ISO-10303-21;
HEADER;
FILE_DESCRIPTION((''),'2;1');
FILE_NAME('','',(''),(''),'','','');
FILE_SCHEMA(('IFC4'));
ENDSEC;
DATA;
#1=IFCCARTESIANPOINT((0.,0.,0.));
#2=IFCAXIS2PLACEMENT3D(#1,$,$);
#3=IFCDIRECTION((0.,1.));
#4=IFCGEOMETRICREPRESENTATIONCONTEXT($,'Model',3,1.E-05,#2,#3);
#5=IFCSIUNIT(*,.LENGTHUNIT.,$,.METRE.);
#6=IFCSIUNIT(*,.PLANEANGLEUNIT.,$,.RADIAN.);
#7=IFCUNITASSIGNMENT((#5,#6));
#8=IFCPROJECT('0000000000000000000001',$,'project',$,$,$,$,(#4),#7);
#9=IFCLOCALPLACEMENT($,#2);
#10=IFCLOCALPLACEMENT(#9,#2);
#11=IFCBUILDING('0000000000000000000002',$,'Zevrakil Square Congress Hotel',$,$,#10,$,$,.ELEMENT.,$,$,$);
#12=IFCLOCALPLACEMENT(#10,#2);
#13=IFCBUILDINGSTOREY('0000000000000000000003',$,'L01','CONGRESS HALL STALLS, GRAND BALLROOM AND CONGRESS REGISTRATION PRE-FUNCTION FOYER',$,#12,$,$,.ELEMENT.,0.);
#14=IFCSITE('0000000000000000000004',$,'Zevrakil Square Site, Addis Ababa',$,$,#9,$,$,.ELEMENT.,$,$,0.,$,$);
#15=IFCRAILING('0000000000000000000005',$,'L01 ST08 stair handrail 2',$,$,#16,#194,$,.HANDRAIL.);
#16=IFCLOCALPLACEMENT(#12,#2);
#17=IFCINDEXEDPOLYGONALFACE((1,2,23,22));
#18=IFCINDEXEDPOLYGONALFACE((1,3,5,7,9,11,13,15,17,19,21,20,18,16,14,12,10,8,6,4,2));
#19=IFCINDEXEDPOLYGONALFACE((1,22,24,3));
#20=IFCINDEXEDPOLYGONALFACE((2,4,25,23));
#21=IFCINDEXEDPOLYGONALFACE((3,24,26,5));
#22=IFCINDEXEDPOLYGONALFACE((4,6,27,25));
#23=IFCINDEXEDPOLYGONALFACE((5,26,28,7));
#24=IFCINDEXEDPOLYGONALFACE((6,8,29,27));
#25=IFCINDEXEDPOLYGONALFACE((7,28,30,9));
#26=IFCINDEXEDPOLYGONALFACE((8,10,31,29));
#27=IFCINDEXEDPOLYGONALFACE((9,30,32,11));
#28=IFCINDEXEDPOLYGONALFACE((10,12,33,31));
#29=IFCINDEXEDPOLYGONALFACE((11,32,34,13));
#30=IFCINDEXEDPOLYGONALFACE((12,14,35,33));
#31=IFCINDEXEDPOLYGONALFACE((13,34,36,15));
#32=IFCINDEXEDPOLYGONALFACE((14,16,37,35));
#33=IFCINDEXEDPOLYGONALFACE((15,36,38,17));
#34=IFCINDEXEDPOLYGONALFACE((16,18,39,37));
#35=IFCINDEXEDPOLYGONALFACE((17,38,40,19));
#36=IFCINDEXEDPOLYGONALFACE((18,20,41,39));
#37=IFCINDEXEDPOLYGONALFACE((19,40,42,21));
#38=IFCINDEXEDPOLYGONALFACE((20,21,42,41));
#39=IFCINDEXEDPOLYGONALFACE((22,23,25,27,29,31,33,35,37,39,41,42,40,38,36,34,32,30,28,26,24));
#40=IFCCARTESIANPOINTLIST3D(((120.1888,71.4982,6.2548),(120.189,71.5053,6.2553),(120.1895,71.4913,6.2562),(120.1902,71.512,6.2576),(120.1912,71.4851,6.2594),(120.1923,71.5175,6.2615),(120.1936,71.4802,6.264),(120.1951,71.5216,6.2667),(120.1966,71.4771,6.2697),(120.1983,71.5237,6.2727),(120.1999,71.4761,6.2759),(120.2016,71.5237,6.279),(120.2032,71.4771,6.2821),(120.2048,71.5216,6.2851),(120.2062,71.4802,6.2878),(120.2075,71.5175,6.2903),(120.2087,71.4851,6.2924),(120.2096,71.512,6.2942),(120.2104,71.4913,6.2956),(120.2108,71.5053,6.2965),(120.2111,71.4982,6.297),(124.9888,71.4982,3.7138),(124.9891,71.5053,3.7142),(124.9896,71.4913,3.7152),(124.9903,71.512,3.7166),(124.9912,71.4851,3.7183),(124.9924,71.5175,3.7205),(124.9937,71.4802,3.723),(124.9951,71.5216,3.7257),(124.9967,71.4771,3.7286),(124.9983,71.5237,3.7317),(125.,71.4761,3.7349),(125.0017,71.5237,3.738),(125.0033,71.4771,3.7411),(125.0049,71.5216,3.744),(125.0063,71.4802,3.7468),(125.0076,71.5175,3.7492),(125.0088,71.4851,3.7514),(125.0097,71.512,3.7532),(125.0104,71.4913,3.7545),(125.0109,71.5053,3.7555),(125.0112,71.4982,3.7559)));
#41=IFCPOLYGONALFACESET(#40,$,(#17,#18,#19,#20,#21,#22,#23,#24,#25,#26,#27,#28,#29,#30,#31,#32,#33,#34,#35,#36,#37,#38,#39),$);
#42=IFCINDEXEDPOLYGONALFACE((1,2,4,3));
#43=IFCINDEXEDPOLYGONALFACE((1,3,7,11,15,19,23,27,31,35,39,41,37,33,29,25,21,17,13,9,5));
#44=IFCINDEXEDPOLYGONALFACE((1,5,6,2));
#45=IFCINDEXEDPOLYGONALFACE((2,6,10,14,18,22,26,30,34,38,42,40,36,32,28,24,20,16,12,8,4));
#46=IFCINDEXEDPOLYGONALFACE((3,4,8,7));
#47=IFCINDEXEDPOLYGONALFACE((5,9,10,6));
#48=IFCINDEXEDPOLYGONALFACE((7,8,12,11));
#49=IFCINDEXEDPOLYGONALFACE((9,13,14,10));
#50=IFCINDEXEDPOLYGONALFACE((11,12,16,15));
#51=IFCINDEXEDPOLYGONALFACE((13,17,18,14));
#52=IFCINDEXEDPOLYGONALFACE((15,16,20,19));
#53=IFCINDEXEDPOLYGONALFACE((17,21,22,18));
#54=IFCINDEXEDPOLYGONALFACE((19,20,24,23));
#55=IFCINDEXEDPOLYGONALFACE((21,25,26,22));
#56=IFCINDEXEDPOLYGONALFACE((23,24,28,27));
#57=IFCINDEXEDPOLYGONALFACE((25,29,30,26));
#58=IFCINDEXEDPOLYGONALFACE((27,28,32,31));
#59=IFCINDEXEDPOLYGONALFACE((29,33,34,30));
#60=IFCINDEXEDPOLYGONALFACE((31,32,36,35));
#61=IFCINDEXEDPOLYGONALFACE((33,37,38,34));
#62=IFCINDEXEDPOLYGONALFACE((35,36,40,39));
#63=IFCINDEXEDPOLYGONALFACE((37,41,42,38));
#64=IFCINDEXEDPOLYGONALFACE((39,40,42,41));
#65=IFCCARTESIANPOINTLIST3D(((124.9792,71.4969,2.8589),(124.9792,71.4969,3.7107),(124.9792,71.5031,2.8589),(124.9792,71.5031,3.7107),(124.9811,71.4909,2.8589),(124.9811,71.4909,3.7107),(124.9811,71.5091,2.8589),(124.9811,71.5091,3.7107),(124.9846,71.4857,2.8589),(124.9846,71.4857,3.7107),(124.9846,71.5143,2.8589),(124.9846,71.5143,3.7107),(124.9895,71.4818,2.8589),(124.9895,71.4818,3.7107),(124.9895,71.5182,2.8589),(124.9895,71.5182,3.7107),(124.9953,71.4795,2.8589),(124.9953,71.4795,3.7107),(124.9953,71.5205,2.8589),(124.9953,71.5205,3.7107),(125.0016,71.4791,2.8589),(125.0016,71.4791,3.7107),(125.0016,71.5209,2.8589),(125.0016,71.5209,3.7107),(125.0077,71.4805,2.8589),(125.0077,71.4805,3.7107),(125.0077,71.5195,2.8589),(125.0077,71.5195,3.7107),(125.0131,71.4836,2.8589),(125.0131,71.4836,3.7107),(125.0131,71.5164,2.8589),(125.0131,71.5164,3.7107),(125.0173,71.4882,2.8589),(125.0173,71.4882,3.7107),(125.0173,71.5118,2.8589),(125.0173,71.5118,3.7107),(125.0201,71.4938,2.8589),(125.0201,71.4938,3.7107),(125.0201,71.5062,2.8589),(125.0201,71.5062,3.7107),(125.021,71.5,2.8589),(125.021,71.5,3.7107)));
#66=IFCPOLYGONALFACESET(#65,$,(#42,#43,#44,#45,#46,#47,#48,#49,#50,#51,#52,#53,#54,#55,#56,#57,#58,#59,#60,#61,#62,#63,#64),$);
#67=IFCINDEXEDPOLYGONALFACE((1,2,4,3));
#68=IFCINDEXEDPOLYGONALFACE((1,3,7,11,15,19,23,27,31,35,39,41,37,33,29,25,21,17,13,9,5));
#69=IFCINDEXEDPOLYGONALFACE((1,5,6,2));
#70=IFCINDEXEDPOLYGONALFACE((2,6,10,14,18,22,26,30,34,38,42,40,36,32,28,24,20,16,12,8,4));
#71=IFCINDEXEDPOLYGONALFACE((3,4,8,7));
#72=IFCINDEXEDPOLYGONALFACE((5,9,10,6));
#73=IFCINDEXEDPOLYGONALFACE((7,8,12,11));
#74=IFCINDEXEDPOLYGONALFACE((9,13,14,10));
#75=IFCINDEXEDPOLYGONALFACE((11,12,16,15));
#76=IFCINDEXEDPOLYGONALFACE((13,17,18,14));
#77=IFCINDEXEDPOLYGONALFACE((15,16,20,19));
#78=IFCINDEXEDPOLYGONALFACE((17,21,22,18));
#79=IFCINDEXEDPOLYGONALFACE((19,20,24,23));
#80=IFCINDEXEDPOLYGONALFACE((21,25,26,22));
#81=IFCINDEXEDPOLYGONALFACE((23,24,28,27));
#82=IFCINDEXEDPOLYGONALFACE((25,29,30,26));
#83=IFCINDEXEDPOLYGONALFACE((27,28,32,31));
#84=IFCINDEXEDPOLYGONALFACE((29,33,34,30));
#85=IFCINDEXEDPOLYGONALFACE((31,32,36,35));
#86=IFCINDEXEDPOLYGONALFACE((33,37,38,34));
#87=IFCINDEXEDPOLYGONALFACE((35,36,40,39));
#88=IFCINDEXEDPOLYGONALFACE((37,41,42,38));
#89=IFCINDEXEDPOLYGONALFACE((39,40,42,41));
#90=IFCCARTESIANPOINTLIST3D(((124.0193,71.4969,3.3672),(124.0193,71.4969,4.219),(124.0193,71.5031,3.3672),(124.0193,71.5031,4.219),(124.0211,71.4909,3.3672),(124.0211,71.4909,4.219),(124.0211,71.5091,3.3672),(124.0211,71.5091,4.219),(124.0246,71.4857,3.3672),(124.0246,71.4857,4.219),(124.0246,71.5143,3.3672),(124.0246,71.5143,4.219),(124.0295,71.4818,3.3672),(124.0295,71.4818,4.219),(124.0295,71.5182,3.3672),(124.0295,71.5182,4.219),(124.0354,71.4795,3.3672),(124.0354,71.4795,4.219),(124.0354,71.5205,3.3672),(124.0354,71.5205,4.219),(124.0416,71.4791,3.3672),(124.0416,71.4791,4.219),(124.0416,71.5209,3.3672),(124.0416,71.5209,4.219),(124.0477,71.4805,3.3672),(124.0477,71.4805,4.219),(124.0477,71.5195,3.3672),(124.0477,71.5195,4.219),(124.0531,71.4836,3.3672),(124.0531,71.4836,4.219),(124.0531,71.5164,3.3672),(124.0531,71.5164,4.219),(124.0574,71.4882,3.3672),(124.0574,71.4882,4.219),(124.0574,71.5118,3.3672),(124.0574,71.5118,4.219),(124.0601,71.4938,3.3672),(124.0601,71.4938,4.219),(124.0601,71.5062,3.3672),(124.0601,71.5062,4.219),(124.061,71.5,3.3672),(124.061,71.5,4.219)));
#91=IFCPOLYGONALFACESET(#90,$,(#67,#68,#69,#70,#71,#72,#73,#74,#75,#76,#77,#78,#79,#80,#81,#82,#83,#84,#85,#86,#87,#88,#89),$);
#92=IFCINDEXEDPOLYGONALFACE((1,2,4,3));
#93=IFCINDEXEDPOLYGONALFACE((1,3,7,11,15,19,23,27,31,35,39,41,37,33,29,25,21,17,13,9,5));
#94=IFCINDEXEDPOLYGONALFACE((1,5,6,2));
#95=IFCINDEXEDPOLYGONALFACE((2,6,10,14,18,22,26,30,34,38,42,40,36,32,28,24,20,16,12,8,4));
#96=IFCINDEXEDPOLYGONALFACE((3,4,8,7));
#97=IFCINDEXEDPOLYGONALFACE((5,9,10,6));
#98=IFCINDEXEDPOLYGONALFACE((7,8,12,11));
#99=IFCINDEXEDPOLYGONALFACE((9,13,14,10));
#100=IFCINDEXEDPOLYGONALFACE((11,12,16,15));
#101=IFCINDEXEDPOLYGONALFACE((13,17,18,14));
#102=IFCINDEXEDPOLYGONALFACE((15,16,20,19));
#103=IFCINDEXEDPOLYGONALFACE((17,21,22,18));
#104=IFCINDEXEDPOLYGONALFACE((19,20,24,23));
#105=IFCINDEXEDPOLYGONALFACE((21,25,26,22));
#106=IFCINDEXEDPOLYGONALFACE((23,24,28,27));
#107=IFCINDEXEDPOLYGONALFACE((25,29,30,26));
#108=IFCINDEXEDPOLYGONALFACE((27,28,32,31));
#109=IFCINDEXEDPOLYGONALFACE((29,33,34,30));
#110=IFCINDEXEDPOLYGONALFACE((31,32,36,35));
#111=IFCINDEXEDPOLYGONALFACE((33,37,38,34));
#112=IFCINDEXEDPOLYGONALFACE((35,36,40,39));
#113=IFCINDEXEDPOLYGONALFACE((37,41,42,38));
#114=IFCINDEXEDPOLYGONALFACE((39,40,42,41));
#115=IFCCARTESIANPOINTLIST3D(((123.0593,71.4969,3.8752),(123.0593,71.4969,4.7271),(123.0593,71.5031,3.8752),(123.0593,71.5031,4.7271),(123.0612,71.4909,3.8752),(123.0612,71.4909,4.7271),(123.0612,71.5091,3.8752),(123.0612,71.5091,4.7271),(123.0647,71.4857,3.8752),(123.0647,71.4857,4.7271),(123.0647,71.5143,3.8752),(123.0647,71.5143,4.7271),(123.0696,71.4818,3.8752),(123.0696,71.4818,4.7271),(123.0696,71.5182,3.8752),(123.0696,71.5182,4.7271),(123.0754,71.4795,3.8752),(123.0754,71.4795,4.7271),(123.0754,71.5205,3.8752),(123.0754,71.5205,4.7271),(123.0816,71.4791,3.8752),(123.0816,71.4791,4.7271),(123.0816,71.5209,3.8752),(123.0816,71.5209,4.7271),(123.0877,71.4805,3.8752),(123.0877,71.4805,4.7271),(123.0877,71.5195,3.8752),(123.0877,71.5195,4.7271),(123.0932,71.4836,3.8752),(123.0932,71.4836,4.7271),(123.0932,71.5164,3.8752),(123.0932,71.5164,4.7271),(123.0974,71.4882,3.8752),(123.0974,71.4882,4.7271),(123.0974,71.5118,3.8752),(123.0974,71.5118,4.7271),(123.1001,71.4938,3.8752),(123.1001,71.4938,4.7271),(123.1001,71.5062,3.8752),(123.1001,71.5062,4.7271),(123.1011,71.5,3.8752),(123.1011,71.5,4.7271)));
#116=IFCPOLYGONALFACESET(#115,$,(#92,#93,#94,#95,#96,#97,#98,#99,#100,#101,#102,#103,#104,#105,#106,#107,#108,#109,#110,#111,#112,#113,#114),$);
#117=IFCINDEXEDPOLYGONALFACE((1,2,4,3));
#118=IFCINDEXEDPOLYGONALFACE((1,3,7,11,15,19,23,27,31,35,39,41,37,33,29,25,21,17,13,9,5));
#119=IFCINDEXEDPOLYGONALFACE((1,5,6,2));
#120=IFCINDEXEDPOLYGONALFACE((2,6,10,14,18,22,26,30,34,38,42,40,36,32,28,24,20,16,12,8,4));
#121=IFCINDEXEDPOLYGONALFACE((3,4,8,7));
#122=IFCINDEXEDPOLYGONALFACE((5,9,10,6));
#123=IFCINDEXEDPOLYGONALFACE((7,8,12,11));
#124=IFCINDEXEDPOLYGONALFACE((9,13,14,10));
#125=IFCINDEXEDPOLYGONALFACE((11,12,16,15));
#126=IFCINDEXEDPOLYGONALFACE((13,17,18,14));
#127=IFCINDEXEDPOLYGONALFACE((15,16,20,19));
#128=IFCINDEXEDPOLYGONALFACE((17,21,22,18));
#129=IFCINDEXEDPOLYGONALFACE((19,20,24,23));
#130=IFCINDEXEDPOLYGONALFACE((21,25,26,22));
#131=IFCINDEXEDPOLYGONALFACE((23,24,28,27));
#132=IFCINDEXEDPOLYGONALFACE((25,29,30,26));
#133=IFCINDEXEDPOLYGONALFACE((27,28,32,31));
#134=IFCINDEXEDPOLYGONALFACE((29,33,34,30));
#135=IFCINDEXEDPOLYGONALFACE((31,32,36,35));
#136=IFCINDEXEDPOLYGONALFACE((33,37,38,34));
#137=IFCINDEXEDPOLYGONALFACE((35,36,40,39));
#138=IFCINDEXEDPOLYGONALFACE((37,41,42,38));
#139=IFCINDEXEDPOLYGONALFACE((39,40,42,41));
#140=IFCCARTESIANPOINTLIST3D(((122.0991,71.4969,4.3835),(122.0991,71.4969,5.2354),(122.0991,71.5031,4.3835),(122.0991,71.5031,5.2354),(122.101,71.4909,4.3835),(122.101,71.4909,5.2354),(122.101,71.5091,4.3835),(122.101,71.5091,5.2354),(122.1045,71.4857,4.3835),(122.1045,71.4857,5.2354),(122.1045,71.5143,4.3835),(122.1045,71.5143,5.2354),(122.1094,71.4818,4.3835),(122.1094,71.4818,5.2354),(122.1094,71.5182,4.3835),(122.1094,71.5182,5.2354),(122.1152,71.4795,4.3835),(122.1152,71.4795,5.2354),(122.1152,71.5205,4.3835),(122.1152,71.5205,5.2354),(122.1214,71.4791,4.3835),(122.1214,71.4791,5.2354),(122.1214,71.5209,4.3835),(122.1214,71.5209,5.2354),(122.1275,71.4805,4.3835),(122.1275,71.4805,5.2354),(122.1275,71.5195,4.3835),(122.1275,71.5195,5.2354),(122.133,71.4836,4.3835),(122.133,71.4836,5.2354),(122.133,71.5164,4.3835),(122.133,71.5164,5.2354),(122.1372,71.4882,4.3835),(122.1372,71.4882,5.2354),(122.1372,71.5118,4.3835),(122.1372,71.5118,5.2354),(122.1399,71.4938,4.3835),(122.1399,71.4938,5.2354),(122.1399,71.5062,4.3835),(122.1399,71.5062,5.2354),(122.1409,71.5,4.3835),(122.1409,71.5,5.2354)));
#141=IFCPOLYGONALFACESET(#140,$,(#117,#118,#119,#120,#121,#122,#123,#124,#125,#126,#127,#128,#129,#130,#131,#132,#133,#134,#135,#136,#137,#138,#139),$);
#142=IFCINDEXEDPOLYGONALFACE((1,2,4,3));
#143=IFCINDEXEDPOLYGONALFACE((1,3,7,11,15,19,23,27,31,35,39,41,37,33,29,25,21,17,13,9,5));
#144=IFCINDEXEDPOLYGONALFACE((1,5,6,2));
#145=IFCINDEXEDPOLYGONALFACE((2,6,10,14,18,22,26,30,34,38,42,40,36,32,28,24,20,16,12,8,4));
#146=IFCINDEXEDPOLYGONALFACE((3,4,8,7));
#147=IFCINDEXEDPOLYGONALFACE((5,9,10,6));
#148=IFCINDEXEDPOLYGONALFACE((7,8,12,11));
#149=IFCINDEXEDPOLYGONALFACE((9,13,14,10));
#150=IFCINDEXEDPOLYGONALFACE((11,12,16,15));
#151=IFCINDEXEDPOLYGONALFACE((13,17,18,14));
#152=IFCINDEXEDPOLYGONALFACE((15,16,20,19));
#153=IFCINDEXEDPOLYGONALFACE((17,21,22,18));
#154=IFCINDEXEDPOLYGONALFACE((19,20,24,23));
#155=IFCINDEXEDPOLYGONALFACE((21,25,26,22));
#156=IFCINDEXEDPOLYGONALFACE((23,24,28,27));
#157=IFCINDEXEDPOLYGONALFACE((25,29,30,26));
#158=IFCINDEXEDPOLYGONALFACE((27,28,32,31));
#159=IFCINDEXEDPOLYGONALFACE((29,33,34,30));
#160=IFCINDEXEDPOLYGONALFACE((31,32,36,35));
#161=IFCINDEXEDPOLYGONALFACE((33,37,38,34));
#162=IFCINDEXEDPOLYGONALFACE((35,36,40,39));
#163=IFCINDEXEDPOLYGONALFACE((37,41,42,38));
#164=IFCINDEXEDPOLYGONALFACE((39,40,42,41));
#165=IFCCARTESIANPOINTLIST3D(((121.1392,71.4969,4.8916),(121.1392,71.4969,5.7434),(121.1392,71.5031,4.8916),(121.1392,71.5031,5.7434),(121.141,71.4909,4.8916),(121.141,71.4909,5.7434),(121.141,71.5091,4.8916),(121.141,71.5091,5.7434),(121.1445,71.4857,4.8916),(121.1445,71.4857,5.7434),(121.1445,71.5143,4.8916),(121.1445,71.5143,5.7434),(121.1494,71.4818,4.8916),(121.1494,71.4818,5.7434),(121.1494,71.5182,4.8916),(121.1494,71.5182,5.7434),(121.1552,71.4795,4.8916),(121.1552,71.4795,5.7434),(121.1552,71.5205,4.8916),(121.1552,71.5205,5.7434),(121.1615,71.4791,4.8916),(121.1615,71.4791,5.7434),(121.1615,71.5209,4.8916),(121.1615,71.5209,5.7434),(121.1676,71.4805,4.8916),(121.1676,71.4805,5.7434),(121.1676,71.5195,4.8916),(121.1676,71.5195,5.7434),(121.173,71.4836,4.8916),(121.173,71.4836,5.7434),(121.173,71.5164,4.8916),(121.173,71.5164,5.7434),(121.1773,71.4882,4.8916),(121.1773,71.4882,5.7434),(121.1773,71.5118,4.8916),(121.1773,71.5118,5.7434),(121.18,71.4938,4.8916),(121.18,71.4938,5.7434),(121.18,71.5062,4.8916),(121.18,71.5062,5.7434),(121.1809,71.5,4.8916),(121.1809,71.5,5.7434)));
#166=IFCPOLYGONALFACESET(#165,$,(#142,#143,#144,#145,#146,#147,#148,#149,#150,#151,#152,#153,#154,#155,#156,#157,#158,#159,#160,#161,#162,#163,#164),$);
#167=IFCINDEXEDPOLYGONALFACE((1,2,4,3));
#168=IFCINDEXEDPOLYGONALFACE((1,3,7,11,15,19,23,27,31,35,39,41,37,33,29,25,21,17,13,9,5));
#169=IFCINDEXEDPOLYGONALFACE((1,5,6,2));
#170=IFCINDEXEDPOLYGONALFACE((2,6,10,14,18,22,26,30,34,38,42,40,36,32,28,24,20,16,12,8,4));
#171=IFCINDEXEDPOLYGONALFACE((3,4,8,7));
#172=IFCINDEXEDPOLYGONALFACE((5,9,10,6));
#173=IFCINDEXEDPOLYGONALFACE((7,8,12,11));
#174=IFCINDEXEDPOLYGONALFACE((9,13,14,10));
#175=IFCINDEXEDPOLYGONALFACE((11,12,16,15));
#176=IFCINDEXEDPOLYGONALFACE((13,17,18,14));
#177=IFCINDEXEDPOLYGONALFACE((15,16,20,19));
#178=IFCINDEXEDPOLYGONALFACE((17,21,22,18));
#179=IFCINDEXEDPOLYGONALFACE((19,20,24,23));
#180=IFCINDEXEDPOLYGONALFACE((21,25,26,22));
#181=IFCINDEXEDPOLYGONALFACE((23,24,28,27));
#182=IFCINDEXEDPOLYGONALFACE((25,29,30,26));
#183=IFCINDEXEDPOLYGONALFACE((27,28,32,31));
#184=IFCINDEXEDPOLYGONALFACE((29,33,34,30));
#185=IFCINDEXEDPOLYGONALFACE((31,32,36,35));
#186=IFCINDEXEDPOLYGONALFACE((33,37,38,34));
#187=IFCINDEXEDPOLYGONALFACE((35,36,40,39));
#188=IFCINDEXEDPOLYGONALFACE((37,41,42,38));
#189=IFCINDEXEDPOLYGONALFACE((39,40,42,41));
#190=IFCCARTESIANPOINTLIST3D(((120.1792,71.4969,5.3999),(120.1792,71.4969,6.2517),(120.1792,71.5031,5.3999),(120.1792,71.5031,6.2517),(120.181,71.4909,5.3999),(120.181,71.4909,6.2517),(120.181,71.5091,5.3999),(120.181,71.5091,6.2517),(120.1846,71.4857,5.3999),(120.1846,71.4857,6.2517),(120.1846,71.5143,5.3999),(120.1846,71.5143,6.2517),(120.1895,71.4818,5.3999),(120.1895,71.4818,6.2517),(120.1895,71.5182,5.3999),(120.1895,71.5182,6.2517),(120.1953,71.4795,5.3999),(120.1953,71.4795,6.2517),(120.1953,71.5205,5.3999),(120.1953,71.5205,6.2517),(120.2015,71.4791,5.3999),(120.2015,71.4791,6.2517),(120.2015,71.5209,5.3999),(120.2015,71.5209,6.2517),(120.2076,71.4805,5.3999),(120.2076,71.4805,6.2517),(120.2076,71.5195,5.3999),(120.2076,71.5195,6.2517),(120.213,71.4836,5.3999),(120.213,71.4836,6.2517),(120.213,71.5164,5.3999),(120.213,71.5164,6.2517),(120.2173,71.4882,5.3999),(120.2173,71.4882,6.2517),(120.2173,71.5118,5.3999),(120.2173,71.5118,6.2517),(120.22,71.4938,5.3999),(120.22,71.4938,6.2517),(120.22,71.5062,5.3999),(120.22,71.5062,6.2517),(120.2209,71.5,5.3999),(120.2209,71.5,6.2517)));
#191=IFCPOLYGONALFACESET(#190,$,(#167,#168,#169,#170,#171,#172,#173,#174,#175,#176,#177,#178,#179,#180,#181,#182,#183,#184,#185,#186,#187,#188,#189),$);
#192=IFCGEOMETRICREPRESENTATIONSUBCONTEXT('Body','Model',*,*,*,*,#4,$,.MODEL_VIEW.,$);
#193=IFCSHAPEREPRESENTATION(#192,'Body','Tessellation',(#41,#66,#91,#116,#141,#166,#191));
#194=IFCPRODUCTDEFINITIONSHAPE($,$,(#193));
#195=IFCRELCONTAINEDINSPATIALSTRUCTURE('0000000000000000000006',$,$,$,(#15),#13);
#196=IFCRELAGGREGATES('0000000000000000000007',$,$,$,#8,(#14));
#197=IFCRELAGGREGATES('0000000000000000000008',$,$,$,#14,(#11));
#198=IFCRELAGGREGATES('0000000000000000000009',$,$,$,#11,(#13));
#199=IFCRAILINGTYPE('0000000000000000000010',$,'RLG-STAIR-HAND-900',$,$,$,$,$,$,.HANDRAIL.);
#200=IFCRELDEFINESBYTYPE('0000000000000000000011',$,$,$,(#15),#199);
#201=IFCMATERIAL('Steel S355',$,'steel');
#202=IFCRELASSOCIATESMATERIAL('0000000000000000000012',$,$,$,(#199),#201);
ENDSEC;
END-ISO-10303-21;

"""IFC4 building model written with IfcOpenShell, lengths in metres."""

from ifc_helpers import new_model, si_unit, direction, frame, origin, origin_2d, place, context, subcontext, project, spatial, circle, extrude, material, type_object, element, save


model = new_model("IFC4")

# Units and contexts
model_context = context("Model", 3, precision=1e-05, world=origin(), true_north=direction((0.0, 1.0)))
body_context = subcontext(model_context, "Body", "Model", "MODEL_VIEW")
ifc_project = project(units=[si_unit("LENGTHUNIT", "METRE"), si_unit("PLANEANGLEUNIT", "RADIAN")], contexts=[model_context])

# Site, building, storey
site_placement = place(None, origin())
site = spatial("IfcSite", under=ifc_project, at=site_placement, Name="Zevrakil Square Site, Addis Ababa", CompositionType="ELEMENT", RefElevation=0.0)
building_placement = place(site_placement, origin())
building = spatial("IfcBuilding", under=site, at=building_placement, Name="Zevrakil Square Congress Hotel", CompositionType="ELEMENT")
storey_placement = place(building_placement, origin())
storey = spatial("IfcBuildingStorey", under=building, at=storey_placement, Name="L01", Description="CONGRESS HALL STALLS, GRAND BALLROOM AND CONGRESS REGISTRATION PRE-FUNCTION FOYER", CompositionType="ELEMENT", Elevation=0.0)

# Railing
ifc_material_1 = material(Name="Steel S355", Category="steel")
railing_type_1 = type_object("IfcRailingType", Name="RLG-STAIR-HAND-900", PredefinedType="HANDRAIL", material=ifc_material_1)
railing_1_placement = place(storey_placement, frame((125.0, 71.5, 2.8589)))
element("IfcRailing", 1, at=railing_1_placement, inside=storey, type_object=railing_type_1, Name="L01 ST08 stair handrail 2", PredefinedType="HANDRAIL", context=body_context, shape_type="SweptSolid", body=[
    extrude(circle(Radius=0.0239, at=origin_2d()), frame((0.0, 0.0, 0.876), z_axis=(-0.883802, 0.0, 0.467861), x_axis=(0.0, -1.0, 0.0)), (0.0, 0.0, 1.0), 5.4312),
    extrude(circle(Radius=0.021, at=origin_2d()), origin(), (0.0, 0.0, 1.0), 0.8518),
    extrude(circle(Radius=0.021, at=origin_2d()), frame((-0.96, 0.0, 0.5083)), (0.0, 0.0, 1.0), 0.8518),
    extrude(circle(Radius=0.021, at=origin_2d()), frame((-1.9199, 0.0, 1.0164)), (0.0, 0.0, 1.0), 0.8518),
    extrude(circle(Radius=0.021, at=origin_2d()), frame((-2.8801, 0.0, 1.5247)), (0.0, 0.0, 1.0), 0.8518),
    extrude(circle(Radius=0.021, at=origin_2d()), frame((-3.8401, 0.0, 2.0327)), (0.0, 0.0, 1.0), 0.8518),
    extrude(circle(Radius=0.021, at=origin_2d()), frame((-4.8, 0.0, 2.541)), (0.0, 0.0, 1.0), 0.8518),
])

save(model, "model.ifc")
